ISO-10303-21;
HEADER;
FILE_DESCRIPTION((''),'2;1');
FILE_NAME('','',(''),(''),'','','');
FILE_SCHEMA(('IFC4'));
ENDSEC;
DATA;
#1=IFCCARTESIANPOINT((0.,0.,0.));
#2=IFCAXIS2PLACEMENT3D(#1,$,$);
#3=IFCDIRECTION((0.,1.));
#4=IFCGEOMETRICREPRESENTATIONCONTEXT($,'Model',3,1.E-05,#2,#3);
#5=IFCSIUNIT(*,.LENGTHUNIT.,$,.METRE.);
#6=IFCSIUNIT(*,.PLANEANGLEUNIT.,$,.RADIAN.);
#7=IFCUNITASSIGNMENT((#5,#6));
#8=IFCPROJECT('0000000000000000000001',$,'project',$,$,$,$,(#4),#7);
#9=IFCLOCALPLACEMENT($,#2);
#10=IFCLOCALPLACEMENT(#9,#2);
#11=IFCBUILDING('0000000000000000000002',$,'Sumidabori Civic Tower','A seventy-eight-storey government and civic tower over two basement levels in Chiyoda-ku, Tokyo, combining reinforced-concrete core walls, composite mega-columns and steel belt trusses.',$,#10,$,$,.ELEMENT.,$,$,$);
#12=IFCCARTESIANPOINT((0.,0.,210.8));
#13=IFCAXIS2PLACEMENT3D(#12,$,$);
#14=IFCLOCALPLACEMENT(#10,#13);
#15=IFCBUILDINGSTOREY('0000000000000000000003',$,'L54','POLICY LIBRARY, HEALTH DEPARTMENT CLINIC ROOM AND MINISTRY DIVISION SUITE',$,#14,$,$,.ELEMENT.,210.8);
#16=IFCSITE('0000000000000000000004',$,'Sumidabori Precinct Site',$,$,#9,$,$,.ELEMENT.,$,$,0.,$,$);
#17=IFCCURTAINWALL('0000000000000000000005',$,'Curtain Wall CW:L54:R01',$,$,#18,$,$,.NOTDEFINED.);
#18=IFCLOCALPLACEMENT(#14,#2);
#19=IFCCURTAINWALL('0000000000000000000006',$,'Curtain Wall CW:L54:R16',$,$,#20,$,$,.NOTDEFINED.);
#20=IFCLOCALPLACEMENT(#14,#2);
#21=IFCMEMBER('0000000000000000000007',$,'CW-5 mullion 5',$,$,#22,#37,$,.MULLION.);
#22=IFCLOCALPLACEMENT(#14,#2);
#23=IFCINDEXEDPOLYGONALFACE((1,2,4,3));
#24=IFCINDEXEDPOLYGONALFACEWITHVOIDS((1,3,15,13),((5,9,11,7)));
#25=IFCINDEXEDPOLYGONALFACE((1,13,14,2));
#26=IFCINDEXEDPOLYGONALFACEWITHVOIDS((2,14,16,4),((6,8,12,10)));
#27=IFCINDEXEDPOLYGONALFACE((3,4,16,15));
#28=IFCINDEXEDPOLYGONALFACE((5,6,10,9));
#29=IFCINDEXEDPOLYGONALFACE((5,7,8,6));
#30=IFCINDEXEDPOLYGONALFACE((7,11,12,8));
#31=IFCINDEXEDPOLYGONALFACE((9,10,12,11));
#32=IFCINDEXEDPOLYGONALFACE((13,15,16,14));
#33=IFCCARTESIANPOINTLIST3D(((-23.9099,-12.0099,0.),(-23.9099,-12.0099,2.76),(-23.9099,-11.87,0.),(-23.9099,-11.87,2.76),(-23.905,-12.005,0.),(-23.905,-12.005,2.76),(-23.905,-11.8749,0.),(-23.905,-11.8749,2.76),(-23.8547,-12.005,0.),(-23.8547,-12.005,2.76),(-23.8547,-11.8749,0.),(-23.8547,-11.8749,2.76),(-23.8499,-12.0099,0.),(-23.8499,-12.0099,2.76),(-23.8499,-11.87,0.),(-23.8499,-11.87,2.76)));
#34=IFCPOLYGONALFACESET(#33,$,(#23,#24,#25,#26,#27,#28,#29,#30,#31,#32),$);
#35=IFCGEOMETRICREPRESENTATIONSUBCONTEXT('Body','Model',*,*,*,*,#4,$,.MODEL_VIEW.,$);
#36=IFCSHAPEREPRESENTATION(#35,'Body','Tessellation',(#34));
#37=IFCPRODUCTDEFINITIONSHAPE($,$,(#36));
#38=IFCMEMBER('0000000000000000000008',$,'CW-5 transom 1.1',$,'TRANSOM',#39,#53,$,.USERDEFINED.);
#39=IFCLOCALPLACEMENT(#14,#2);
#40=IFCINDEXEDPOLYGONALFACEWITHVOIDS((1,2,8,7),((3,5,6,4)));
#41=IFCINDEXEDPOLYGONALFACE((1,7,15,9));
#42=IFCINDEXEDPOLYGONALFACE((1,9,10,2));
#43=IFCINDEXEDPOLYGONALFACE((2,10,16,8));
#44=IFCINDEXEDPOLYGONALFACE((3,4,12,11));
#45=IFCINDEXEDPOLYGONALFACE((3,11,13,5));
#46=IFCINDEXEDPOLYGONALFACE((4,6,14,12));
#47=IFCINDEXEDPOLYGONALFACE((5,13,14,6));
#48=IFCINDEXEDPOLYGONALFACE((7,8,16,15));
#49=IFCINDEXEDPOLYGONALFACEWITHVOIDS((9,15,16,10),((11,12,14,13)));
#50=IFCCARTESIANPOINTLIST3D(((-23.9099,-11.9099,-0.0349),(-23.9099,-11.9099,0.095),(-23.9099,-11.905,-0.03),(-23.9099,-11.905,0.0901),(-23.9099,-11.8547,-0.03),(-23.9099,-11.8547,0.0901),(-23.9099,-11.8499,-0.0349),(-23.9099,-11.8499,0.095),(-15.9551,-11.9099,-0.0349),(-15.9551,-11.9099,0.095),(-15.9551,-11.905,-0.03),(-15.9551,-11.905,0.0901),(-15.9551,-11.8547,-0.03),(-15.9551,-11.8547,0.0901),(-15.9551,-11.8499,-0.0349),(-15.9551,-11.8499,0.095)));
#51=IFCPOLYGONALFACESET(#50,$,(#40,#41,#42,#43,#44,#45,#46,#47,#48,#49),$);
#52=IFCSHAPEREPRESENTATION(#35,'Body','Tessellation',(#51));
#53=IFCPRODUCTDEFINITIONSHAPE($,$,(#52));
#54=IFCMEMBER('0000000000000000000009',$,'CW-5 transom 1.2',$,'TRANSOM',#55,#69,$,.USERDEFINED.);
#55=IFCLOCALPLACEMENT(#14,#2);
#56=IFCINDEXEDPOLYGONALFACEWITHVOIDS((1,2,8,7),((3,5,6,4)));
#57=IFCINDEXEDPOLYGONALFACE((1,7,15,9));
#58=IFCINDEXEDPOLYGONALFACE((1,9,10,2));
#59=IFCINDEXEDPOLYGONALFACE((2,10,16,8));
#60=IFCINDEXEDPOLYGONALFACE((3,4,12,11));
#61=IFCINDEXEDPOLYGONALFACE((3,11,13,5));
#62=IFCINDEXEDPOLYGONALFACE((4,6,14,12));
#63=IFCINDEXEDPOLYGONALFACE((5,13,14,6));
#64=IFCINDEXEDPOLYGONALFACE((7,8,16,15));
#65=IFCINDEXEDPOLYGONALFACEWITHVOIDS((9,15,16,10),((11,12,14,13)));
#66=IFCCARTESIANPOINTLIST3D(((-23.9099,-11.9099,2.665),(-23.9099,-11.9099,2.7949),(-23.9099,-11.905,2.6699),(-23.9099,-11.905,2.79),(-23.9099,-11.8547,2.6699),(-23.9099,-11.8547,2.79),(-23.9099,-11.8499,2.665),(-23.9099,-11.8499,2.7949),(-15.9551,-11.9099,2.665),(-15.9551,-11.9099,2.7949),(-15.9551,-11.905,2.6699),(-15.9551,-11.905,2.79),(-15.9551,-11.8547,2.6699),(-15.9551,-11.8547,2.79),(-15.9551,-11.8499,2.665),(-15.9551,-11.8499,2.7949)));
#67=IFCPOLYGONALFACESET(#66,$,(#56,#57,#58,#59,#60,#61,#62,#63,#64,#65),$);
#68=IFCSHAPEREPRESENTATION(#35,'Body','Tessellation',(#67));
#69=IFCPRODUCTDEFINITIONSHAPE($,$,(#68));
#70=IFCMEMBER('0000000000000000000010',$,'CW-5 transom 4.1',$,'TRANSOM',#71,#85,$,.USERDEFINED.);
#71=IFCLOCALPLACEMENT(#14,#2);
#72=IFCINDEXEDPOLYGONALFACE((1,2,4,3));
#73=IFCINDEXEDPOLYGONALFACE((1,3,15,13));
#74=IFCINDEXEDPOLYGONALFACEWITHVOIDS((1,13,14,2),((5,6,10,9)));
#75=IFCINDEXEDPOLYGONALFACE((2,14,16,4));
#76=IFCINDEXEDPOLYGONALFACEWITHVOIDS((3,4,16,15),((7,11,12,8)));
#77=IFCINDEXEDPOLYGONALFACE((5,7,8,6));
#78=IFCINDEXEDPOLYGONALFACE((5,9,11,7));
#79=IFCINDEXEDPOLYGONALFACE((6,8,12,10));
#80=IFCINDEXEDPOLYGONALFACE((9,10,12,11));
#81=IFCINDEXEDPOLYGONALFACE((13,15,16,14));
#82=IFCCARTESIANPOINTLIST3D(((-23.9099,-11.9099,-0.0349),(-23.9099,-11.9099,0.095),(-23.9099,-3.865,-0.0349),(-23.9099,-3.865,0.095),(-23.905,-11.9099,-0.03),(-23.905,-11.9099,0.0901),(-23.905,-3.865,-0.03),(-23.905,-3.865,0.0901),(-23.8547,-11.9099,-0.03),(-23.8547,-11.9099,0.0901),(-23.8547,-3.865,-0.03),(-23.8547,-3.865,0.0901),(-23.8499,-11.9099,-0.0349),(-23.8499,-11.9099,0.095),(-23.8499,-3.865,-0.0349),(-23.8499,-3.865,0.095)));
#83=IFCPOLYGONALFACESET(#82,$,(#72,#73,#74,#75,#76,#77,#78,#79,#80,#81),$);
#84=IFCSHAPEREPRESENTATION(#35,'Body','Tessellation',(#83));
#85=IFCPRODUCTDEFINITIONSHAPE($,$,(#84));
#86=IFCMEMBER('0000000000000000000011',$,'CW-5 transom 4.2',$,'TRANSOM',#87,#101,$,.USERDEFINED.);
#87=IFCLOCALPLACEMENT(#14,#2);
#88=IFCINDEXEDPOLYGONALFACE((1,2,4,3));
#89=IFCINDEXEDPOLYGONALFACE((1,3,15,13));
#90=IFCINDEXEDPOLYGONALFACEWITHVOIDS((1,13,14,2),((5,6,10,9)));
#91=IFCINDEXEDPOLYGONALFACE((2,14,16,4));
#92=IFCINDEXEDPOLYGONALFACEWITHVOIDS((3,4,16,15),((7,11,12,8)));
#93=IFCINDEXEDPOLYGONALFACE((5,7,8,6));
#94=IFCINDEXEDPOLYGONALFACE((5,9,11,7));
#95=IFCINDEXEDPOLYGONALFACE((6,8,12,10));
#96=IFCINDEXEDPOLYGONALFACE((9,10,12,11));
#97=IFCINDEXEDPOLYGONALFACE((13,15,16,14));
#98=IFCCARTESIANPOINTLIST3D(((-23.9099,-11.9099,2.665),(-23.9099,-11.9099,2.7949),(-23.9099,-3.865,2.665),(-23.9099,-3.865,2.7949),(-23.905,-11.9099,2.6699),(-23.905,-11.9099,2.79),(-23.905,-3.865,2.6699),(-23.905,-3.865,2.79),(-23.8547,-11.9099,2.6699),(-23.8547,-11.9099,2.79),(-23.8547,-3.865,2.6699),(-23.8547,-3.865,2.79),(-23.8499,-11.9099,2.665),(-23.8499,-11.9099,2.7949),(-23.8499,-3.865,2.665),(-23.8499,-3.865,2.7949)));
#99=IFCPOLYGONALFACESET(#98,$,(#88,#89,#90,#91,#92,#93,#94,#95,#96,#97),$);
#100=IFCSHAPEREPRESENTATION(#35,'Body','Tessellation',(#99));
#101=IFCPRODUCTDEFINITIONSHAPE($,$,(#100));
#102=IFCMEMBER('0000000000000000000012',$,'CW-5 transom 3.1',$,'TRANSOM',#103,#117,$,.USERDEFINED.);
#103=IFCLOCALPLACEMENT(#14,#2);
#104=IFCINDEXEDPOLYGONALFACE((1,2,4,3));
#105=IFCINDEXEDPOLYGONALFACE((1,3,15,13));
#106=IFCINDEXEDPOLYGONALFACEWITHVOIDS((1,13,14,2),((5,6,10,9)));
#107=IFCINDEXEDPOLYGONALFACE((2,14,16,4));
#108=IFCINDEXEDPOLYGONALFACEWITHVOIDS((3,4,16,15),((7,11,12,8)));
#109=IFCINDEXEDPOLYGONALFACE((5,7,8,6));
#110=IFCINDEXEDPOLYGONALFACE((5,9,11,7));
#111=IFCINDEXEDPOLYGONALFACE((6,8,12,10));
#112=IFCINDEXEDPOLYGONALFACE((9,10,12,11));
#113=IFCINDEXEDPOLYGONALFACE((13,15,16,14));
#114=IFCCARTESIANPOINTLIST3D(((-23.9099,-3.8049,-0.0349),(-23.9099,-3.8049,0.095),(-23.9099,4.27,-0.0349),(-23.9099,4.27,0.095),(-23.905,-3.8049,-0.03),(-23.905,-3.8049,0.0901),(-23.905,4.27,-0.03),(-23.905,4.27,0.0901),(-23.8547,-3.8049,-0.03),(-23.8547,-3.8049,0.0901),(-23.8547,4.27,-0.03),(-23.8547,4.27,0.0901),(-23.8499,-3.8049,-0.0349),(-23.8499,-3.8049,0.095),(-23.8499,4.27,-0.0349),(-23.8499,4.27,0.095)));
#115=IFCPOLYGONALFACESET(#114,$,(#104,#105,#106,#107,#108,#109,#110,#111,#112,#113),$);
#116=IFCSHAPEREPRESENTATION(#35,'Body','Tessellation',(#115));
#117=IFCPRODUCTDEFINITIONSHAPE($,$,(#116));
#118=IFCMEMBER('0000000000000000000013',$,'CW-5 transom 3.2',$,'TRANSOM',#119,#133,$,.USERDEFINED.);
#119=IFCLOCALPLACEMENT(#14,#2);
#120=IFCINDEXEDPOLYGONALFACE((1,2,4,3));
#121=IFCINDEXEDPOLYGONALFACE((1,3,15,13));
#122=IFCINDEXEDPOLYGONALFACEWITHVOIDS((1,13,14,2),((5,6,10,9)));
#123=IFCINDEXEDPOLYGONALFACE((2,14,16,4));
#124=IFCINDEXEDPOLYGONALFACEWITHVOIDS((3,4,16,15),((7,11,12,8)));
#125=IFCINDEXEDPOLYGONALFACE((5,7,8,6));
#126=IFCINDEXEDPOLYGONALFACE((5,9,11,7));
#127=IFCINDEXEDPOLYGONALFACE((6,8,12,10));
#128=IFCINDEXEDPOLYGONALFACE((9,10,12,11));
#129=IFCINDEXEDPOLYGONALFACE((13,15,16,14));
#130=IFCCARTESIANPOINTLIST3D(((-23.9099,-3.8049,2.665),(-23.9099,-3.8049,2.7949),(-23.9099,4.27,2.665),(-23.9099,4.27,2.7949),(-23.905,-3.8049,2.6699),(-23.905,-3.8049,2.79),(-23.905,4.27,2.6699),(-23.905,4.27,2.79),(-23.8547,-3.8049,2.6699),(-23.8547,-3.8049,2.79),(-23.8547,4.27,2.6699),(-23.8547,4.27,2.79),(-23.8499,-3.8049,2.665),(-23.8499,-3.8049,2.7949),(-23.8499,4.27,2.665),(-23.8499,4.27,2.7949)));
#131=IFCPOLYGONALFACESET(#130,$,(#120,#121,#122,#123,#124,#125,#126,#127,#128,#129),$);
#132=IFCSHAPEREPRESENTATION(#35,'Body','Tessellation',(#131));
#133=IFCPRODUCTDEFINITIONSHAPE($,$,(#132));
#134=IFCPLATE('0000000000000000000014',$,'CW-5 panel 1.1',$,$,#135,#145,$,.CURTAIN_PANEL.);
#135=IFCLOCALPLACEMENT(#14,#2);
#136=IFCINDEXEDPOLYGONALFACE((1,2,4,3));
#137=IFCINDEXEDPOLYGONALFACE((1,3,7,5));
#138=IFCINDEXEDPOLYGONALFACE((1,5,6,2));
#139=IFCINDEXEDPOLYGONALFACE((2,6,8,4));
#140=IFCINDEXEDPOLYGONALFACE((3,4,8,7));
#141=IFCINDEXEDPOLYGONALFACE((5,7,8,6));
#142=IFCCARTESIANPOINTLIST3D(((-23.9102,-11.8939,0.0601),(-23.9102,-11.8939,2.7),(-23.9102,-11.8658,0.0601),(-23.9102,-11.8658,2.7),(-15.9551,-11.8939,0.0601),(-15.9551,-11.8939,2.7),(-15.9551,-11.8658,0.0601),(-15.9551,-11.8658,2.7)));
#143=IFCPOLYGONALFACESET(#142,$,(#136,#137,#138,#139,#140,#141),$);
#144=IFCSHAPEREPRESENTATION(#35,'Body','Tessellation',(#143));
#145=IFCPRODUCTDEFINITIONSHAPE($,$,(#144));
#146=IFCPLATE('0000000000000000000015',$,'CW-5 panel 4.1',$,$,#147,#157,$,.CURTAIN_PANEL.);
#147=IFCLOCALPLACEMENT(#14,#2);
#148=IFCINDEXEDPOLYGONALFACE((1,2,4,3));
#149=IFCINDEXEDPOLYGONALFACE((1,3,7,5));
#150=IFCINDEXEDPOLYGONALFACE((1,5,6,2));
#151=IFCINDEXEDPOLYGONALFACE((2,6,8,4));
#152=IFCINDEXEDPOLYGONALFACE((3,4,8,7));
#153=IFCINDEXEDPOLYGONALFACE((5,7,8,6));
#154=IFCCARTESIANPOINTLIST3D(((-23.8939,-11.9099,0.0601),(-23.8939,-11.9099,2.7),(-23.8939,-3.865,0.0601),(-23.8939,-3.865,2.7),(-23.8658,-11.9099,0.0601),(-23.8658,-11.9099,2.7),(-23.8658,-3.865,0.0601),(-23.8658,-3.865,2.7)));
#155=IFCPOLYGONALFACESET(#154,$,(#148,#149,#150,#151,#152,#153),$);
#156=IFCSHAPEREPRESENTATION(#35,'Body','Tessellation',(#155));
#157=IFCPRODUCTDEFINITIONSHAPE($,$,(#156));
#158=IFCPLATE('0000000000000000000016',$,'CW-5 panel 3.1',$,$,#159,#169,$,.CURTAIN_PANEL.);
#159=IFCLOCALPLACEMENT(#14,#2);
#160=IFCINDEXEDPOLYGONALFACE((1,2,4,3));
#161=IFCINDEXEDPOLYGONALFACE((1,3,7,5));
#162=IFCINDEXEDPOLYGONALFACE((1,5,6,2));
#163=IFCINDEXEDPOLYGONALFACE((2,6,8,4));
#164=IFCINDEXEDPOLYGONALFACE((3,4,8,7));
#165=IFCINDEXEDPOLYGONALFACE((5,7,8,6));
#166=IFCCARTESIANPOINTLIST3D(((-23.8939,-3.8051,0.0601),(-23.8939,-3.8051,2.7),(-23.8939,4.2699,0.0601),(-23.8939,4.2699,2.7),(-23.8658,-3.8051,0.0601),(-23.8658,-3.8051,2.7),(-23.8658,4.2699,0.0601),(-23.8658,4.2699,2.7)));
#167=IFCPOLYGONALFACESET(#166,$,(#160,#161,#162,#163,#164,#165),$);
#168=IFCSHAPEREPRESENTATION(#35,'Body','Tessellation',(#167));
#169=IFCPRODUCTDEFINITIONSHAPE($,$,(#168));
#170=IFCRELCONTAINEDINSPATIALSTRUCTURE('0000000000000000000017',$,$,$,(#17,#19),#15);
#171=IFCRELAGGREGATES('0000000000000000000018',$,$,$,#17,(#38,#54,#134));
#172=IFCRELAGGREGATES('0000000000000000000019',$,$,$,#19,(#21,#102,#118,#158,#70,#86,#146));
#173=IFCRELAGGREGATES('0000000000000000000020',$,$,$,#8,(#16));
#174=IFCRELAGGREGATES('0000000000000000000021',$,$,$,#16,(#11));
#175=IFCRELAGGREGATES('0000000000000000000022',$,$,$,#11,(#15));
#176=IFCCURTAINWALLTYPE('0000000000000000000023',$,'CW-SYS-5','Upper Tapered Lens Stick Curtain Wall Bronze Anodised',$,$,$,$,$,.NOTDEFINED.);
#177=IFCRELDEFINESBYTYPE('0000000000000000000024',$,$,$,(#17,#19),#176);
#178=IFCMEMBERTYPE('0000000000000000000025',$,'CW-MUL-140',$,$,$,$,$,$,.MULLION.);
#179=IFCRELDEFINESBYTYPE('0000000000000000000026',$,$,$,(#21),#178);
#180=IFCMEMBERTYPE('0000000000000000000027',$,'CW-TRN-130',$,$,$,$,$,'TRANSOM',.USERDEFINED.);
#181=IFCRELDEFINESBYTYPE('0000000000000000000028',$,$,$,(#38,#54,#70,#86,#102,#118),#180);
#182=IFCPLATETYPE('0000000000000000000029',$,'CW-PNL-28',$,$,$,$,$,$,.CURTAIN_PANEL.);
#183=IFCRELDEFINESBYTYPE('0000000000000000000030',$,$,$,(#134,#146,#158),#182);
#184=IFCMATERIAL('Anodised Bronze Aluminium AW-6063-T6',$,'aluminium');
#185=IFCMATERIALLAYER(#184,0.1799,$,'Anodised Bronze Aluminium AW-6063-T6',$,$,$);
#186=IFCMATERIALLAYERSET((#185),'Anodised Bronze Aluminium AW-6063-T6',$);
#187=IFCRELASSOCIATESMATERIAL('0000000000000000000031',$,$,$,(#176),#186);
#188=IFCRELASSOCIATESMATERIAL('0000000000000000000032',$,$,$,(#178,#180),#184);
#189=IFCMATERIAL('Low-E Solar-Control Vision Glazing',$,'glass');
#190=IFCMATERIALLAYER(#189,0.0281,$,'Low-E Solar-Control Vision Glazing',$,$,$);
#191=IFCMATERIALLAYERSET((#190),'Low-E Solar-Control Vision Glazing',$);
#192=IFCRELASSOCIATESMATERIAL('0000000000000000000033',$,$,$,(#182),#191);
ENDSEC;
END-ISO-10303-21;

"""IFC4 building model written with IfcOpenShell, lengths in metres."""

from ifc_helpers import new_model, si_unit, direction, frame, origin, origin_2d, place, context, subcontext, project, spatial, rectangle, hollow_rectangle, extrude, source, transform, mapped, material, layer, layer_set, material_profile, profile_set, type_object, element, aggregate, save


model = new_model("IFC4")

# Units and contexts
model_context = context("Model", 3, precision=1e-05, world=origin(), true_north=direction((0.0, 1.0)))
body_context = subcontext(model_context, "Body", "Model", "MODEL_VIEW")
ifc_project = project(units=[si_unit("LENGTHUNIT", "METRE"), si_unit("PLANEANGLEUNIT", "RADIAN")], contexts=[model_context])

# Site, building, storey
site_placement = place(None, origin())
site = spatial("IfcSite", under=ifc_project, at=site_placement, Name="Sumidabori Precinct Site", CompositionType="ELEMENT", RefElevation=0.0)
building_placement = place(site_placement, origin())
building = spatial("IfcBuilding", under=site, at=building_placement, Name="Sumidabori Civic Tower", Description="A seventy-eight-storey government and civic tower over two basement levels in Chiyoda-ku, Tokyo, combining reinforced-concrete core walls, composite mega-columns and steel belt trusses.", CompositionType="ELEMENT")
storey_placement = place(building_placement, frame((0.0, 0.0, 210.8)))
storey = spatial("IfcBuildingStorey", under=building, at=storey_placement, Name="L54", Description="POLICY LIBRARY, HEALTH DEPARTMENT CLINIC ROOM AND MINISTRY DIVISION SUITE", CompositionType="ELEMENT", Elevation=210.8)

# Curtain wall
ifc_material_1 = material(Name="Anodised Bronze Aluminium AW-6063-T6", Category="aluminium")
ifc_layer_1 = layer(ifc_material_1, 0.1799, Name="Anodised Bronze Aluminium AW-6063-T6")
ifc_layer_set_1 = layer_set([ifc_layer_1], Name="Anodised Bronze Aluminium AW-6063-T6")
curtain_wall_type = type_object("IfcCurtainWallType", Name="CW-SYS-5", Description="Upper Tapered Lens Stick Curtain Wall Bronze Anodised", PredefinedType="NOTDEFINED", material=ifc_layer_set_1)
curtain_wall_1_placement = place(storey_placement, origin())
curtain_wall_1 = element("IfcCurtainWall", 1, at=curtain_wall_1_placement, inside=storey, type_object=curtain_wall_type, Name="Curtain Wall CW:L54:R01", PredefinedType="NOTDEFINED")
ifc_material_profile_1 = material_profile(ifc_material_1, hollow_rectangle(XDim=0.0601, YDim=0.1399, WallThickness=0.0049, at=origin_2d()), Name="ALU MULLION 140x60")
ifc_profile_set_1 = profile_set([ifc_material_profile_1], Name="Anodised Bronze Aluminium AW-6063-T6")
member_type_1 = type_object("IfcMemberType", Name="CW-MUL-140", PredefinedType="MULLION", material=ifc_profile_set_1)
shared_shape_1 = source(origin(), body_context, "Body", "SweptSolid", [
    extrude(hollow_rectangle(XDim=0.0601, YDim=0.1399, WallThickness=0.0049, at=origin_2d()), origin(), (0.0, 0.0, 1.0), 2.76),
])

# Curtain wall, member
curtain_wall_2_placement = place(storey_placement, origin())
curtain_wall_2 = element("IfcCurtainWall", 2, at=curtain_wall_2_placement, inside=storey, type_object=curtain_wall_type, Name="Curtain Wall CW:L54:R16", PredefinedType="NOTDEFINED")
member_1_placement = place(storey_placement, frame((-23.8799, -11.9399, 0.0), z_axis=(0.0, 0.0, 1.0), x_axis=(1.0, 0.0, 0.0)))
member_1 = element("IfcMember", 3, at=member_1_placement, type_object=member_type_1, Name="CW-5 mullion 5", PredefinedType="MULLION", context=body_context, shape_type="MappedRepresentation", body=[
    mapped(shared_shape_1, transform((0.0, 0.0, 0.0), x_axis=(1.0, 0.0, 0.0), y_axis=(0.0, 1.0, 0.0), z_axis=(0.0, 0.0, 1.0), scale=1.0)),
])

# Members
ifc_material_profile_2 = material_profile(ifc_material_1, hollow_rectangle(XDim=0.0601, YDim=0.1299, WallThickness=0.0049, at=origin_2d()), Name="ALU TRANSOM 130x60")
ifc_profile_set_2 = profile_set([ifc_material_profile_2], Name="Anodised Bronze Aluminium AW-6063-T6")
member_type_2 = type_object("IfcMemberType", Name="CW-TRN-130", ElementType="TRANSOM", PredefinedType="USERDEFINED", material=ifc_profile_set_2)
shared_shape_2 = source(origin(), body_context, "Body", "SweptSolid", [
    extrude(hollow_rectangle(XDim=0.0601, YDim=0.1299, WallThickness=0.0049, at=origin_2d()), origin(), (0.0, 0.0, 1.0), 7.9548),
])
member_2_placement = place(storey_placement, frame((-23.9099, -11.8799, 0.03), z_axis=(1.0, 0.0, 0.0), x_axis=(0.0, 1.0, 0.0)))
member_2 = element("IfcMember", 4, at=member_2_placement, type_object=member_type_2, Name="CW-5 transom 1.1", ObjectType="TRANSOM", PredefinedType="USERDEFINED", context=body_context, shape_type="MappedRepresentation", body=[
    mapped(shared_shape_2, transform((0.0, 0.0, 0.0), x_axis=(1.0, 0.0, 0.0), y_axis=(0.0, 1.0, 0.0), z_axis=(0.0, 0.0, 1.0), scale=1.0)),
])
member_3_placement = place(storey_placement, frame((-23.9099, -11.8799, 2.73), z_axis=(1.0, 0.0, 0.0), x_axis=(0.0, 1.0, 0.0)))
member_3 = element("IfcMember", 5, at=member_3_placement, type_object=member_type_2, Name="CW-5 transom 1.2", ObjectType="TRANSOM", PredefinedType="USERDEFINED", context=body_context, shape_type="MappedRepresentation", body=[
    mapped(shared_shape_2, transform((0.0, 0.0, 0.0), x_axis=(1.0, 0.0, 0.0), y_axis=(0.0, 1.0, 0.0), z_axis=(0.0, 0.0, 1.0), scale=1.0)),
])
shared_shape_3 = source(origin(), body_context, "Body", "SweptSolid", [
    extrude(hollow_rectangle(XDim=0.0601, YDim=0.1299, WallThickness=0.0049, at=origin_2d()), origin(), (0.0, 0.0, 1.0), 8.0449),
])
member_4_placement = place(storey_placement, frame((-23.8799, -3.865, 0.03), z_axis=(0.0, -1.0, 0.0), x_axis=(1.0, 0.0, 0.0)))
member_4 = element("IfcMember", 6, at=member_4_placement, type_object=member_type_2, Name="CW-5 transom 4.1", ObjectType="TRANSOM", PredefinedType="USERDEFINED", context=body_context, shape_type="MappedRepresentation", body=[
    mapped(shared_shape_3, transform((0.0, 0.0, 0.0), x_axis=(1.0, 0.0, 0.0), y_axis=(0.0, 1.0, 0.0), z_axis=(0.0, 0.0, 1.0), scale=1.0)),
])
member_5_placement = place(storey_placement, frame((-23.8799, -3.865, 2.73), z_axis=(0.0, -1.0, 0.0), x_axis=(1.0, 0.0, 0.0)))
member_5 = element("IfcMember", 7, at=member_5_placement, type_object=member_type_2, Name="CW-5 transom 4.2", ObjectType="TRANSOM", PredefinedType="USERDEFINED", context=body_context, shape_type="MappedRepresentation", body=[
    mapped(shared_shape_3, transform((0.0, 0.0, 0.0), x_axis=(1.0, 0.0, 0.0), y_axis=(0.0, 1.0, 0.0), z_axis=(0.0, 0.0, 1.0), scale=1.0)),
])
shared_shape_4 = source(origin(), body_context, "Body", "SweptSolid", [
    extrude(hollow_rectangle(XDim=0.0601, YDim=0.1299, WallThickness=0.0049, at=origin_2d()), origin(), (0.0, 0.0, 1.0), 8.075),
])
member_6_placement = place(storey_placement, frame((-23.8799, 4.27, 0.03), z_axis=(0.0, -1.0, 0.0), x_axis=(1.0, 0.0, 0.0)))
member_6 = element("IfcMember", 8, at=member_6_placement, type_object=member_type_2, Name="CW-5 transom 3.1", ObjectType="TRANSOM", PredefinedType="USERDEFINED", context=body_context, shape_type="MappedRepresentation", body=[
    mapped(shared_shape_4, transform((0.0, 0.0, 0.0), x_axis=(1.0, 0.0, 0.0), y_axis=(0.0, 1.0, 0.0), z_axis=(0.0, 0.0, 1.0), scale=1.0)),
])
member_7_placement = place(storey_placement, frame((-23.8799, 4.27, 2.73), z_axis=(0.0, -1.0, 0.0), x_axis=(1.0, 0.0, 0.0)))
member_7 = element("IfcMember", 9, at=member_7_placement, type_object=member_type_2, Name="CW-5 transom 3.2", ObjectType="TRANSOM", PredefinedType="USERDEFINED", context=body_context, shape_type="MappedRepresentation", body=[
    mapped(shared_shape_4, transform((0.0, 0.0, 0.0), x_axis=(1.0, 0.0, 0.0), y_axis=(0.0, 1.0, 0.0), z_axis=(0.0, 0.0, 1.0), scale=1.0)),
])

# Plates
ifc_material_2 = material(Name="Low-E Solar-Control Vision Glazing", Category="glass")
ifc_layer_2 = layer(ifc_material_2, 0.0281, Name="Low-E Solar-Control Vision Glazing")
ifc_layer_set_2 = layer_set([ifc_layer_2], Name="Low-E Solar-Control Vision Glazing")
plate_type = type_object("IfcPlateType", Name="CW-PNL-28", PredefinedType="CURTAIN_PANEL", material=ifc_layer_set_2)
shared_shape_5 = source(origin(), body_context, "Body", "SweptSolid", [
    extrude(rectangle(XDim=7.9551, YDim=0.0281, at=origin_2d()), origin(), (0.0, 0.0, 1.0), 2.6399),
])
plate_1_placement = place(storey_placement, frame((-19.9326, -11.8799, 0.0601), z_axis=(0.0, 0.0, 1.0), x_axis=(1.0, 0.0, 0.0)))
plate_1 = element("IfcPlate", 10, at=plate_1_placement, type_object=plate_type, Name="CW-5 panel 1.1", PredefinedType="CURTAIN_PANEL", context=body_context, shape_type="MappedRepresentation", body=[
    mapped(shared_shape_5, transform((0.0, 0.0, 0.0), x_axis=(1.0, 0.0, 0.0), y_axis=(0.0, 1.0, 0.0), z_axis=(0.0, 0.0, 1.0), scale=1.0)),
])
aggregate(curtain_wall_1, [member_2, member_3, plate_1])
shared_shape_6 = source(origin(), body_context, "Body", "SweptSolid", [
    extrude(rectangle(XDim=8.0449, YDim=0.0281, at=origin_2d()), origin(), (0.0, 0.0, 1.0), 2.6399),
])
plate_2_placement = place(storey_placement, frame((-23.8799, -7.8875, 0.0601), z_axis=(0.0, 0.0, 1.0), x_axis=(0.0, -1.0, 0.0)))
plate_2 = element("IfcPlate", 11, at=plate_2_placement, type_object=plate_type, Name="CW-5 panel 4.1", PredefinedType="CURTAIN_PANEL", context=body_context, shape_type="MappedRepresentation", body=[
    mapped(shared_shape_6, transform((0.0, 0.0, 0.0), x_axis=(1.0, 0.0, 0.0), y_axis=(0.0, 1.0, 0.0), z_axis=(0.0, 0.0, 1.0), scale=1.0)),
])
shared_shape_7 = source(origin(), body_context, "Body", "SweptSolid", [
    extrude(rectangle(XDim=8.075, YDim=0.0281, at=origin_2d()), origin(), (0.0, 0.0, 1.0), 2.6399),
])
plate_3_placement = place(storey_placement, frame((-23.8799, 0.2324, 0.0601), z_axis=(0.0, 0.0, 1.0), x_axis=(0.0, -1.0, 0.0)))
plate_3 = element("IfcPlate", 12, at=plate_3_placement, type_object=plate_type, Name="CW-5 panel 3.1", PredefinedType="CURTAIN_PANEL", context=body_context, shape_type="MappedRepresentation", body=[
    mapped(shared_shape_7, transform((0.0, 0.0, 0.0), x_axis=(1.0, 0.0, 0.0), y_axis=(0.0, 1.0, 0.0), z_axis=(0.0, 0.0, 1.0), scale=1.0)),
])
aggregate(curtain_wall_2, [member_1, member_6, member_7, plate_3, member_4, member_5, plate_2])

save(model, "model.ifc")
